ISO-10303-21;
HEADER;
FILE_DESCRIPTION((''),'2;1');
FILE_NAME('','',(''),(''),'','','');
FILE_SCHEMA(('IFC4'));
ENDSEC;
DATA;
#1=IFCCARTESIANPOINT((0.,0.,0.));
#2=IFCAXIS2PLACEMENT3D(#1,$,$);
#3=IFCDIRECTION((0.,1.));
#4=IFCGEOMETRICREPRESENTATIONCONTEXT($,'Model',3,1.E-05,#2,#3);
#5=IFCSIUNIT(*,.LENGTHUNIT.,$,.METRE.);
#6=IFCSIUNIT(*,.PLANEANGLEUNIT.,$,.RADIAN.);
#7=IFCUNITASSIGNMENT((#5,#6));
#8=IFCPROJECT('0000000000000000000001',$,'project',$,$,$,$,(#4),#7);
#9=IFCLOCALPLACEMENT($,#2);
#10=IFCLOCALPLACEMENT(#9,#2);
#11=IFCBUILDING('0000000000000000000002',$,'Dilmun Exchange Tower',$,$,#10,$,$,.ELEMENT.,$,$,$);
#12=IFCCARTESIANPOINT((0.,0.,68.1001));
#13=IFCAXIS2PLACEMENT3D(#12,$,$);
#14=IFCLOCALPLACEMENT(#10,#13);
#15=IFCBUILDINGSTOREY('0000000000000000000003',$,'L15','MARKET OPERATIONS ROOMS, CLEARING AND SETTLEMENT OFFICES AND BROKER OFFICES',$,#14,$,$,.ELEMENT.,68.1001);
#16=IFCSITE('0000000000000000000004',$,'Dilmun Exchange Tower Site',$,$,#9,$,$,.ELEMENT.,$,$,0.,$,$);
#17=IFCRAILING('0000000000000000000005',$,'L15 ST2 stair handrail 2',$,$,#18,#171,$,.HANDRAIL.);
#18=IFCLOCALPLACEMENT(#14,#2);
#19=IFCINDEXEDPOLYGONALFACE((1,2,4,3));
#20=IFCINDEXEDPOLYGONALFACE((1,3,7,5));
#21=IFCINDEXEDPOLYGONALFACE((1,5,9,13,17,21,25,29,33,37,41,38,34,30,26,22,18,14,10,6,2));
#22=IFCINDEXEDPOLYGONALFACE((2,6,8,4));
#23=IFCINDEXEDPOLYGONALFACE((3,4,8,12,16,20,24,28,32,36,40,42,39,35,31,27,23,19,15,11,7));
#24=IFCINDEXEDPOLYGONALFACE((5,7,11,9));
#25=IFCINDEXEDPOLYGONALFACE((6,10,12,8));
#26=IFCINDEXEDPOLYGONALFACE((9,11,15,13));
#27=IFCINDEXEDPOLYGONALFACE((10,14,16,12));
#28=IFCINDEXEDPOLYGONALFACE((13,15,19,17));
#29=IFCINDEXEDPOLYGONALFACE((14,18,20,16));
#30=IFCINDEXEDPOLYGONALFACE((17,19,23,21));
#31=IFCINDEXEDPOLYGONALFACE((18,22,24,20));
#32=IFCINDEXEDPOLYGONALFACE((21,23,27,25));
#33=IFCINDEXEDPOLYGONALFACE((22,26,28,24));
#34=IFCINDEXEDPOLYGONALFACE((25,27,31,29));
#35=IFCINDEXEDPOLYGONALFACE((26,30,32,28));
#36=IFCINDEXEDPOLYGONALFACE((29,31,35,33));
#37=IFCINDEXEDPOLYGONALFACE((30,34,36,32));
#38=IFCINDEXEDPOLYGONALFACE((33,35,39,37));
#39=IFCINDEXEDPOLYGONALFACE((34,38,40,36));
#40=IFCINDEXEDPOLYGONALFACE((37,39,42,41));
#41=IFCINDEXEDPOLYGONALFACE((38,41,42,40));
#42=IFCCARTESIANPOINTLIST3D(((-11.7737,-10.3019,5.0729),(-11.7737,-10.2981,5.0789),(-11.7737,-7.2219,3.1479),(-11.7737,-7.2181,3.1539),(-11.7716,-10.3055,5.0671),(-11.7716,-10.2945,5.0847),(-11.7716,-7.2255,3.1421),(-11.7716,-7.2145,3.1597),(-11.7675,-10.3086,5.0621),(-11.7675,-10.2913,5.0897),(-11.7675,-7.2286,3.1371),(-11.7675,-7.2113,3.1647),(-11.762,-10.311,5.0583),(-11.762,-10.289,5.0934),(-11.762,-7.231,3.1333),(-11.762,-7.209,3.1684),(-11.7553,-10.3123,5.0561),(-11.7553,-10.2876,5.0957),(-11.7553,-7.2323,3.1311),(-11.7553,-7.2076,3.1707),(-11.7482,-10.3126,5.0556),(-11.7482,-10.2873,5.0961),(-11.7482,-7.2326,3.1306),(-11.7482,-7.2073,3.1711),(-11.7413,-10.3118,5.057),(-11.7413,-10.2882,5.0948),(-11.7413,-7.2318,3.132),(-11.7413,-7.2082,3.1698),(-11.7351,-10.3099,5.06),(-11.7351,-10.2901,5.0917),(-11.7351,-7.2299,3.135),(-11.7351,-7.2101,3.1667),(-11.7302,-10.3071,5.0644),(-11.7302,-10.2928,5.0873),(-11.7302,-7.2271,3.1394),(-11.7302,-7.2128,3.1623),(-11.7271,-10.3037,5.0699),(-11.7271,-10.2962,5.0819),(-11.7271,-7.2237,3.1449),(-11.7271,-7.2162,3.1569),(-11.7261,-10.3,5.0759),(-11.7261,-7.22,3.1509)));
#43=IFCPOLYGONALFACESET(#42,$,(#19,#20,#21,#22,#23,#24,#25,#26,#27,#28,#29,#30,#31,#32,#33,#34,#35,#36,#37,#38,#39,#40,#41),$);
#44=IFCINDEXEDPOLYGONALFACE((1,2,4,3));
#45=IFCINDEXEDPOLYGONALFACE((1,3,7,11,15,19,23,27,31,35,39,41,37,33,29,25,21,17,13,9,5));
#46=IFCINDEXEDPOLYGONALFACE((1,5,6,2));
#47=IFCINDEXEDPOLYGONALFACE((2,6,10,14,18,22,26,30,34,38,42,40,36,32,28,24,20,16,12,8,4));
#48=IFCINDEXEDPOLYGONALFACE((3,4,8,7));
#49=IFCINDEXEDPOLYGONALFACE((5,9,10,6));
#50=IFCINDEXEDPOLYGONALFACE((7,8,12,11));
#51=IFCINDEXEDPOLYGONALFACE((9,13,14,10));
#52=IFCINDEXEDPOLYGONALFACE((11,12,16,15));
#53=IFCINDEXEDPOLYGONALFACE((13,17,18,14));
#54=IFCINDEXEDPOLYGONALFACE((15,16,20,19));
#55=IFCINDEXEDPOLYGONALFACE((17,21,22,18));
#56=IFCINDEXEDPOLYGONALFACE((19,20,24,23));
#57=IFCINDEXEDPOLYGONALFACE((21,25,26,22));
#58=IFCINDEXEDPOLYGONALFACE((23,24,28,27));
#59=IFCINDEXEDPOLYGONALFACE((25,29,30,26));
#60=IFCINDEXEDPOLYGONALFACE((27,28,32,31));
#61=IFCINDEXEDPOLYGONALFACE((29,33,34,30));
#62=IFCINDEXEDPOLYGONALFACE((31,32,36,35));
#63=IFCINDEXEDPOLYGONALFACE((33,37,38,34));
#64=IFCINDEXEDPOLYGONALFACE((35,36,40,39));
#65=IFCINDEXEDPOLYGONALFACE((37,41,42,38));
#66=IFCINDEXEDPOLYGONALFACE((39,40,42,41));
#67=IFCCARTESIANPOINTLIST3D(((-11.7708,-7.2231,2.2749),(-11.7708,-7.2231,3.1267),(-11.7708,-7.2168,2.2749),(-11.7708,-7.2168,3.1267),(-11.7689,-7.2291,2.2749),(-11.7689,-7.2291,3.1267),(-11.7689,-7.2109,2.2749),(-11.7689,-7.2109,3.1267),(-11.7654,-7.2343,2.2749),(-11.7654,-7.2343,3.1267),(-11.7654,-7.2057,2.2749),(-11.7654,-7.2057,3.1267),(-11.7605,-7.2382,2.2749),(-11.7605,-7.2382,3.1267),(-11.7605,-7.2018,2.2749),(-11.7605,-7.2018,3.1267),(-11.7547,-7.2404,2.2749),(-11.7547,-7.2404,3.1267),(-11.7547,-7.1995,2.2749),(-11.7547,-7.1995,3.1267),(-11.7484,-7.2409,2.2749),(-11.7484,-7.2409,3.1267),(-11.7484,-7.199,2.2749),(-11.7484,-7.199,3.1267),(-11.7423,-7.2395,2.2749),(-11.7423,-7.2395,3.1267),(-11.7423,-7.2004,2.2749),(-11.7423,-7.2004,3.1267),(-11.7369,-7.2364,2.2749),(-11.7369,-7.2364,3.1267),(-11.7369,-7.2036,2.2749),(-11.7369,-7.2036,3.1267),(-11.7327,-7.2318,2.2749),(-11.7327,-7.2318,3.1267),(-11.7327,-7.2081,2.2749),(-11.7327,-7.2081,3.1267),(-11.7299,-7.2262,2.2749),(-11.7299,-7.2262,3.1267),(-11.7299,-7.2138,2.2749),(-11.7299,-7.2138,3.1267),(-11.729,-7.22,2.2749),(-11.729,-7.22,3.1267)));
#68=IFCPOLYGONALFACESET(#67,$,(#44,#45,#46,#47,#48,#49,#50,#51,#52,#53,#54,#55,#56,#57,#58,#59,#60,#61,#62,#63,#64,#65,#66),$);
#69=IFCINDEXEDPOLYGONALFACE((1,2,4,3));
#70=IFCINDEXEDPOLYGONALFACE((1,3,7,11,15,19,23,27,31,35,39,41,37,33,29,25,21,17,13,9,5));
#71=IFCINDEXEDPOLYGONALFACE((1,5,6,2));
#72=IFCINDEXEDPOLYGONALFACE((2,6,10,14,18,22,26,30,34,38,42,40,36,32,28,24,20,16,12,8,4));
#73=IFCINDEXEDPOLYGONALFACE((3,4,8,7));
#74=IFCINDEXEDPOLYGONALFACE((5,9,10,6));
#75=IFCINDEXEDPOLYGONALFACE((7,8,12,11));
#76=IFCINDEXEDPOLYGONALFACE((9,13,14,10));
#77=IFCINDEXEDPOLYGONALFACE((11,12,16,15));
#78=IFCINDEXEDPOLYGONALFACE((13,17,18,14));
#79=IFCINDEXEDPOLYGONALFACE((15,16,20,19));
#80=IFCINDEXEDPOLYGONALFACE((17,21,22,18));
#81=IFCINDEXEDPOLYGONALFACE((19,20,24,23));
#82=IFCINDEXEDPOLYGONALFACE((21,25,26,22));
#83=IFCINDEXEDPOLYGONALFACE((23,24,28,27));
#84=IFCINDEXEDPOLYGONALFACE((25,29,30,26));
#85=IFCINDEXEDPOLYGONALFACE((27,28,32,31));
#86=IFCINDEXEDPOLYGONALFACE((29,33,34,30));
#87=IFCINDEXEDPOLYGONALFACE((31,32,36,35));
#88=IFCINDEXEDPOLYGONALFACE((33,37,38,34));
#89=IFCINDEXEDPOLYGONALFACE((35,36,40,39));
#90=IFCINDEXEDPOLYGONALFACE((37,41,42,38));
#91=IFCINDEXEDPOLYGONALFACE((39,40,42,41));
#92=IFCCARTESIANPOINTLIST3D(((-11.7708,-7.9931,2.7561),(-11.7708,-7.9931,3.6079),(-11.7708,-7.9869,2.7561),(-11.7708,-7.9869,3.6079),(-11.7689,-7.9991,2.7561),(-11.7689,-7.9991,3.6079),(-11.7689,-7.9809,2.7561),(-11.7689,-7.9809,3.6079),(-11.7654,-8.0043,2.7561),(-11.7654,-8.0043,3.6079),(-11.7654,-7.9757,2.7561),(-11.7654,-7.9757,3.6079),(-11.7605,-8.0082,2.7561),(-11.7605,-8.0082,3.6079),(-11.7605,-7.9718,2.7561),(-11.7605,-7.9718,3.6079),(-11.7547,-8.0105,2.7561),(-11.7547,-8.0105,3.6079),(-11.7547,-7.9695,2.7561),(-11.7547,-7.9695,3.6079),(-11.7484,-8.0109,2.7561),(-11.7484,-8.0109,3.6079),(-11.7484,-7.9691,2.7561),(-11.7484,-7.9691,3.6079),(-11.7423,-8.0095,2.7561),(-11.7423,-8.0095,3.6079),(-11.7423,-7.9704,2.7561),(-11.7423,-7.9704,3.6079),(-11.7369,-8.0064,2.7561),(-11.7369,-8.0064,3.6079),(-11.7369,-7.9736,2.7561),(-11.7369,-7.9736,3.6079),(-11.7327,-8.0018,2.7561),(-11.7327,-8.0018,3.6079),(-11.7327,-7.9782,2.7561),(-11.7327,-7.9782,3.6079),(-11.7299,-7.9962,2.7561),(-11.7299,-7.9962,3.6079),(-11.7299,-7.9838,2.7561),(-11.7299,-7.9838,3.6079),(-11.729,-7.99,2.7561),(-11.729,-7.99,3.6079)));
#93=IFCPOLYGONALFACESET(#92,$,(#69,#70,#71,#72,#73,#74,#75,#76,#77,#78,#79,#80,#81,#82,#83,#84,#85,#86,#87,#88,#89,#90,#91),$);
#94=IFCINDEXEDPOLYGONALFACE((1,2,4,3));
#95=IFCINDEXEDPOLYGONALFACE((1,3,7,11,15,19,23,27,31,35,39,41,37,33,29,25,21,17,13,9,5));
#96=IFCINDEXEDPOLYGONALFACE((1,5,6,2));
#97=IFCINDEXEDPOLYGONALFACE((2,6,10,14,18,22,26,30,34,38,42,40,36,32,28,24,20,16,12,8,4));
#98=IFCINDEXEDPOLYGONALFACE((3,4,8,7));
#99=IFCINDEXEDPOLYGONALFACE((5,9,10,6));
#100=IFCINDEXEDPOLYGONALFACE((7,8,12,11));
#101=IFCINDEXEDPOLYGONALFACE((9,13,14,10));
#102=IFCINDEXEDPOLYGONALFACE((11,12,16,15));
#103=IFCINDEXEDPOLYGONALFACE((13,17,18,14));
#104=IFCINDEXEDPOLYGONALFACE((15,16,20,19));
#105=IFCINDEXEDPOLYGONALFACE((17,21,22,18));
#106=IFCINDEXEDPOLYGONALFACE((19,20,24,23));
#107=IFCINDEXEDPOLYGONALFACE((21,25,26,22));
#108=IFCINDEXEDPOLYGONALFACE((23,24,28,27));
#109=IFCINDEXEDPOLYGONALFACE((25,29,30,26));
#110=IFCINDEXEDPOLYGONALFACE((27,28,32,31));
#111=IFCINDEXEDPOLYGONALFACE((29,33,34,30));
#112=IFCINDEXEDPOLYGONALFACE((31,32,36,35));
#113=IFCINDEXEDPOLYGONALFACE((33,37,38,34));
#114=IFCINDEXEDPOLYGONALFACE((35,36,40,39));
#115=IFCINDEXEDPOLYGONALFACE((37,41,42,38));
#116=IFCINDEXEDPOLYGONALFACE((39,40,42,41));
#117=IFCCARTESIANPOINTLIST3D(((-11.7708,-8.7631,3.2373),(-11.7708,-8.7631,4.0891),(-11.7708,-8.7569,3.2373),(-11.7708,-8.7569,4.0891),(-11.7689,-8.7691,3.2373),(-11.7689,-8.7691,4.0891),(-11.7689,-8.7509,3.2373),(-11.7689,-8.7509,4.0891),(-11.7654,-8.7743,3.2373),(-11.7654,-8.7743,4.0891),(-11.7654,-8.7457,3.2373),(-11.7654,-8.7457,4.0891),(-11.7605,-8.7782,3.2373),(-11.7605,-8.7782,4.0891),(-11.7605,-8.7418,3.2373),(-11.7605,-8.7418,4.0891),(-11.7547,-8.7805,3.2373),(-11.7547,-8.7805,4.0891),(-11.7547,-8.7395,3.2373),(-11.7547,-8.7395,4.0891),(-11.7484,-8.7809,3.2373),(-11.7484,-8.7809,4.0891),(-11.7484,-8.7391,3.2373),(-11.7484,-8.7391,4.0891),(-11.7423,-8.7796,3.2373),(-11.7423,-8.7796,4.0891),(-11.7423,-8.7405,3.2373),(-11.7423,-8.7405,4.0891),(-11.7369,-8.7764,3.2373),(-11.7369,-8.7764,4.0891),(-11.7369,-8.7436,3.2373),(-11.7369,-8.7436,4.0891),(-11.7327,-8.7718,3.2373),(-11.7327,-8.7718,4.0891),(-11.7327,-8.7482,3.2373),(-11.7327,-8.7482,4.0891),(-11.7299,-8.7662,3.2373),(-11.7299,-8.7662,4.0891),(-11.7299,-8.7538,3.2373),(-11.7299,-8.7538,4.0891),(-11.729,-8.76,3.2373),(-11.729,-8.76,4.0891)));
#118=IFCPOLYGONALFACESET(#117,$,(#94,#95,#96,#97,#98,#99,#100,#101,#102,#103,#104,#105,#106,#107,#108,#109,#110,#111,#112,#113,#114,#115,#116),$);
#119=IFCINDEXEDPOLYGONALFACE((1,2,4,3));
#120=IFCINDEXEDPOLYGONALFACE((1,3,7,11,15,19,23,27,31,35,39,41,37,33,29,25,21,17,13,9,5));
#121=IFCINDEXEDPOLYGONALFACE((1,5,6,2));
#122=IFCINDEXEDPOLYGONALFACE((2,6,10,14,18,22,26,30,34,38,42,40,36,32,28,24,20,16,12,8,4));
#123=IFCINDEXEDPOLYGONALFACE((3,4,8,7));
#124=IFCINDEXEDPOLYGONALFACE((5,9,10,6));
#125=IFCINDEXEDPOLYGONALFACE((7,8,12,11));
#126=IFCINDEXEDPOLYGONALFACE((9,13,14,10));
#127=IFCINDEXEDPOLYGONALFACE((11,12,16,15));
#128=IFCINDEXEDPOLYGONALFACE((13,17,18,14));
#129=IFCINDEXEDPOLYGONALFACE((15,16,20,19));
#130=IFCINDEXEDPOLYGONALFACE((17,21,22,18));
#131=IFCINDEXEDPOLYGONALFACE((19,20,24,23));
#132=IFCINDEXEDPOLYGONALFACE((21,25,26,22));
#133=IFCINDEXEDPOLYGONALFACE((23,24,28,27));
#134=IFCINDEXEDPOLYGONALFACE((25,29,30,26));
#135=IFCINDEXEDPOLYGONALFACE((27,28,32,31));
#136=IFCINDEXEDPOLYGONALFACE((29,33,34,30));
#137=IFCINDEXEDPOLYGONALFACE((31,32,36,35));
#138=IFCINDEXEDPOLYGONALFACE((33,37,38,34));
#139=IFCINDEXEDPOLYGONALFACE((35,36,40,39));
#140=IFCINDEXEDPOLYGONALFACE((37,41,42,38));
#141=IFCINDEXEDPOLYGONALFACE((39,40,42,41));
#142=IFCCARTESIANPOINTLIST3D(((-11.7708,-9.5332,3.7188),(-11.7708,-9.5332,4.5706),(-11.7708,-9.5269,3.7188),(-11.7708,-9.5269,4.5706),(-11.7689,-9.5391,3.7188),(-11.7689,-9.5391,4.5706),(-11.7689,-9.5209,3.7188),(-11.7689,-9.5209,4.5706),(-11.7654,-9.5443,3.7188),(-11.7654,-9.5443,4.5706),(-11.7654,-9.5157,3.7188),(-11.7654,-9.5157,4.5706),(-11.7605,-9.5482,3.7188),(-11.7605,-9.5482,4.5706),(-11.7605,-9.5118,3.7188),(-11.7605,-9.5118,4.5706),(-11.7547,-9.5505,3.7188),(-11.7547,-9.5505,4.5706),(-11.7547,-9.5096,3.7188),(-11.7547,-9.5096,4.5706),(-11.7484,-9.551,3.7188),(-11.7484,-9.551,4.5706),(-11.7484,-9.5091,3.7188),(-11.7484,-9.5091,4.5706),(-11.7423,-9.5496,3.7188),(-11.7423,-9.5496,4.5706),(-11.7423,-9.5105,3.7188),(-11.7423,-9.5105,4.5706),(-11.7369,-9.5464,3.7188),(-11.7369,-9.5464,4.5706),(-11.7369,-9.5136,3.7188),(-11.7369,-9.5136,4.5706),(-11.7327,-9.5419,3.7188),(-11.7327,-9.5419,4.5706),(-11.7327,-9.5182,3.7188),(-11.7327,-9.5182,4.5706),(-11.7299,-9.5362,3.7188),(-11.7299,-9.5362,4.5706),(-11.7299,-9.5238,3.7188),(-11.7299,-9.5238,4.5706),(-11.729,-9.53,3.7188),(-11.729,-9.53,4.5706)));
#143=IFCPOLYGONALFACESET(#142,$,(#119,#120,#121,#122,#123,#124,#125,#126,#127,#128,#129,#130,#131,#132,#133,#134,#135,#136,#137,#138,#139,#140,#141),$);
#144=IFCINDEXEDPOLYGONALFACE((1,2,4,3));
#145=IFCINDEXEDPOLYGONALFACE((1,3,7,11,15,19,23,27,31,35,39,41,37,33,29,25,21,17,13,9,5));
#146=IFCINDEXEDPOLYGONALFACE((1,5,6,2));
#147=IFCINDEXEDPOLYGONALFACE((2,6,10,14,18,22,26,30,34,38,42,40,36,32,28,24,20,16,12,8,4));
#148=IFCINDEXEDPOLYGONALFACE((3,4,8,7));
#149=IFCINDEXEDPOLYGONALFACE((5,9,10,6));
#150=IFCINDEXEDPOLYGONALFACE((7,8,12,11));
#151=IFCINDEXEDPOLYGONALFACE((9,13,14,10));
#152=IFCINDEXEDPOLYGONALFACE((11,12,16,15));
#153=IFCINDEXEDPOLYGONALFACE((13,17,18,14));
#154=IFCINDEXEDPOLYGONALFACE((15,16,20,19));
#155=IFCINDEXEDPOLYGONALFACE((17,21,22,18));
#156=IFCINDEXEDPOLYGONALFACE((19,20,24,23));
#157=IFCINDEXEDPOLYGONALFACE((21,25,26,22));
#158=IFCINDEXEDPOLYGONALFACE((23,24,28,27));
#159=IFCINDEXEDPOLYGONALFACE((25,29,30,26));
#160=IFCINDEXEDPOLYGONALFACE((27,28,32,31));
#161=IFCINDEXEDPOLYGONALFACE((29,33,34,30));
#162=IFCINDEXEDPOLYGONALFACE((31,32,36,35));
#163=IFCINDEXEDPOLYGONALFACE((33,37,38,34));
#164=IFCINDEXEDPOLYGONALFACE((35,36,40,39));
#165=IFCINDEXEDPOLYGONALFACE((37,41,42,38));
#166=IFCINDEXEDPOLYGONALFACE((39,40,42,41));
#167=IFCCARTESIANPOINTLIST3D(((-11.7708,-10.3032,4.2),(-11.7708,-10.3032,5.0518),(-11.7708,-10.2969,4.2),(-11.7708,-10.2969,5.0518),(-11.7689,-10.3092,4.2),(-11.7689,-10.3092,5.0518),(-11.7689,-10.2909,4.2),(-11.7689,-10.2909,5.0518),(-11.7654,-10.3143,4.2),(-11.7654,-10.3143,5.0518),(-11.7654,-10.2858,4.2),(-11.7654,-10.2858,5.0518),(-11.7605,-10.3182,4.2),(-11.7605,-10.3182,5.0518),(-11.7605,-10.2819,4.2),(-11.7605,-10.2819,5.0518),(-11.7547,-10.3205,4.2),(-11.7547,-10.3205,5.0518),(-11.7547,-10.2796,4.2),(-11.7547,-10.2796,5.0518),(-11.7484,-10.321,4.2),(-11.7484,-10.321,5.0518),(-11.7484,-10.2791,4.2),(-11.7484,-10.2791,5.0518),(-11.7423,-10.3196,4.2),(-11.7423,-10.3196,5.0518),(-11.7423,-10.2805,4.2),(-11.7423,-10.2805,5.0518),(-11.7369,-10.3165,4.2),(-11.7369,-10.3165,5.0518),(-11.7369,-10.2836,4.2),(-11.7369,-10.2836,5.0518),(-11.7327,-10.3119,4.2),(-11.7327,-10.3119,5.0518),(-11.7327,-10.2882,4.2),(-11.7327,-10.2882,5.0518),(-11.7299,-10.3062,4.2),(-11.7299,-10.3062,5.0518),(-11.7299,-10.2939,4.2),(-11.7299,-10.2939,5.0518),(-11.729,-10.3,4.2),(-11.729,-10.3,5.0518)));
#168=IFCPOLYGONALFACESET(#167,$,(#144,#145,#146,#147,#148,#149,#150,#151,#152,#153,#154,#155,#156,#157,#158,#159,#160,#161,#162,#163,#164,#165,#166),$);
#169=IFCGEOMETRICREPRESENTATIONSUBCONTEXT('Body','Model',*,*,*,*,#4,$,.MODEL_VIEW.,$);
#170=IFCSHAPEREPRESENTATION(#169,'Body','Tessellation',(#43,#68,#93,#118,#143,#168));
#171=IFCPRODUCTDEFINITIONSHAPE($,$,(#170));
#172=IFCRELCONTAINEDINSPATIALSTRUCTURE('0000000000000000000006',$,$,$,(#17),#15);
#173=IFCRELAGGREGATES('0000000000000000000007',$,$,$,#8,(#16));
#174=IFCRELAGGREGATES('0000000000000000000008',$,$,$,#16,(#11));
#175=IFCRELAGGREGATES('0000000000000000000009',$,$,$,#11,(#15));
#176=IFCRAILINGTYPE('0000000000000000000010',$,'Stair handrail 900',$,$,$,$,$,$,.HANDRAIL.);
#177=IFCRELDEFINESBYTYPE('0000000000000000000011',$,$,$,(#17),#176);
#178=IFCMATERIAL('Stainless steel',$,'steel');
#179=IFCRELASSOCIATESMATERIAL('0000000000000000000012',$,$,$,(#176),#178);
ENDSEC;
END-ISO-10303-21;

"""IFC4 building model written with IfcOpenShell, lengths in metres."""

from ifc_helpers import new_model, si_unit, direction, frame, origin, origin_2d, place, context, subcontext, project, spatial, circle, extrude, material, type_object, element, save


model = new_model("IFC4")

# Units and contexts
model_context = context("Model", 3, precision=1e-05, world=origin(), true_north=direction((0.0, 1.0)))
body_context = subcontext(model_context, "Body", "Model", "MODEL_VIEW")
ifc_project = project(units=[si_unit("LENGTHUNIT", "METRE"), si_unit("PLANEANGLEUNIT", "RADIAN")], contexts=[model_context])

# Site, building, storey
site_placement = place(None, origin())
site = spatial("IfcSite", under=ifc_project, at=site_placement, Name="Dilmun Exchange Tower Site", CompositionType="ELEMENT", RefElevation=0.0)
building_placement = place(site_placement, origin())
building = spatial("IfcBuilding", under=site, at=building_placement, Name="Dilmun Exchange Tower", CompositionType="ELEMENT")
storey_placement = place(building_placement, frame((0.0, 0.0, 68.1001)))
storey = spatial("IfcBuildingStorey", under=building, at=storey_placement, Name="L15", Description="MARKET OPERATIONS ROOMS, CLEARING AND SETTLEMENT OFFICES AND BROKER OFFICES", CompositionType="ELEMENT", Elevation=68.1001)

# Railing
ifc_material_1 = material(Name="Stainless steel", Category="steel")
railing_type = type_object("IfcRailingType", Name="Stair handrail 900", PredefinedType="HANDRAIL", material=ifc_material_1)
railing_1_placement = place(storey_placement, frame((-11.75, -7.22, 2.2749)))
element("IfcRailing", 1, at=railing_1_placement, inside=storey, type_object=railing_type, Name="L15 ST2 stair handrail 2", PredefinedType="HANDRAIL", context=body_context, shape_type="SweptSolid", body=[
    extrude(circle(Radius=0.0239, at=origin_2d()), frame((0.0, 0.0, 0.876), z_axis=(0.0, -0.847998, 0.529999), x_axis=(1.0, 0.0, 0.0)), (0.0, 0.0, 1.0), 3.6321),
    extrude(circle(Radius=0.021, at=origin_2d()), origin(), (0.0, 0.0, 1.0), 0.8518),
    extrude(circle(Radius=0.021, at=origin_2d()), frame((0.0, -0.77, 0.4812)), (0.0, 0.0, 1.0), 0.8518),
    extrude(circle(Radius=0.021, at=origin_2d()), frame((0.0, -1.54, 0.9624)), (0.0, 0.0, 1.0), 0.8518),
    extrude(circle(Radius=0.021, at=origin_2d()), frame((0.0, -2.3101, 1.4438)), (0.0, 0.0, 1.0), 0.8518),
    extrude(circle(Radius=0.021, at=origin_2d()), frame((0.0, -3.0801, 1.925)), (0.0, 0.0, 1.0), 0.8518),
])

save(model, "model.ifc")
